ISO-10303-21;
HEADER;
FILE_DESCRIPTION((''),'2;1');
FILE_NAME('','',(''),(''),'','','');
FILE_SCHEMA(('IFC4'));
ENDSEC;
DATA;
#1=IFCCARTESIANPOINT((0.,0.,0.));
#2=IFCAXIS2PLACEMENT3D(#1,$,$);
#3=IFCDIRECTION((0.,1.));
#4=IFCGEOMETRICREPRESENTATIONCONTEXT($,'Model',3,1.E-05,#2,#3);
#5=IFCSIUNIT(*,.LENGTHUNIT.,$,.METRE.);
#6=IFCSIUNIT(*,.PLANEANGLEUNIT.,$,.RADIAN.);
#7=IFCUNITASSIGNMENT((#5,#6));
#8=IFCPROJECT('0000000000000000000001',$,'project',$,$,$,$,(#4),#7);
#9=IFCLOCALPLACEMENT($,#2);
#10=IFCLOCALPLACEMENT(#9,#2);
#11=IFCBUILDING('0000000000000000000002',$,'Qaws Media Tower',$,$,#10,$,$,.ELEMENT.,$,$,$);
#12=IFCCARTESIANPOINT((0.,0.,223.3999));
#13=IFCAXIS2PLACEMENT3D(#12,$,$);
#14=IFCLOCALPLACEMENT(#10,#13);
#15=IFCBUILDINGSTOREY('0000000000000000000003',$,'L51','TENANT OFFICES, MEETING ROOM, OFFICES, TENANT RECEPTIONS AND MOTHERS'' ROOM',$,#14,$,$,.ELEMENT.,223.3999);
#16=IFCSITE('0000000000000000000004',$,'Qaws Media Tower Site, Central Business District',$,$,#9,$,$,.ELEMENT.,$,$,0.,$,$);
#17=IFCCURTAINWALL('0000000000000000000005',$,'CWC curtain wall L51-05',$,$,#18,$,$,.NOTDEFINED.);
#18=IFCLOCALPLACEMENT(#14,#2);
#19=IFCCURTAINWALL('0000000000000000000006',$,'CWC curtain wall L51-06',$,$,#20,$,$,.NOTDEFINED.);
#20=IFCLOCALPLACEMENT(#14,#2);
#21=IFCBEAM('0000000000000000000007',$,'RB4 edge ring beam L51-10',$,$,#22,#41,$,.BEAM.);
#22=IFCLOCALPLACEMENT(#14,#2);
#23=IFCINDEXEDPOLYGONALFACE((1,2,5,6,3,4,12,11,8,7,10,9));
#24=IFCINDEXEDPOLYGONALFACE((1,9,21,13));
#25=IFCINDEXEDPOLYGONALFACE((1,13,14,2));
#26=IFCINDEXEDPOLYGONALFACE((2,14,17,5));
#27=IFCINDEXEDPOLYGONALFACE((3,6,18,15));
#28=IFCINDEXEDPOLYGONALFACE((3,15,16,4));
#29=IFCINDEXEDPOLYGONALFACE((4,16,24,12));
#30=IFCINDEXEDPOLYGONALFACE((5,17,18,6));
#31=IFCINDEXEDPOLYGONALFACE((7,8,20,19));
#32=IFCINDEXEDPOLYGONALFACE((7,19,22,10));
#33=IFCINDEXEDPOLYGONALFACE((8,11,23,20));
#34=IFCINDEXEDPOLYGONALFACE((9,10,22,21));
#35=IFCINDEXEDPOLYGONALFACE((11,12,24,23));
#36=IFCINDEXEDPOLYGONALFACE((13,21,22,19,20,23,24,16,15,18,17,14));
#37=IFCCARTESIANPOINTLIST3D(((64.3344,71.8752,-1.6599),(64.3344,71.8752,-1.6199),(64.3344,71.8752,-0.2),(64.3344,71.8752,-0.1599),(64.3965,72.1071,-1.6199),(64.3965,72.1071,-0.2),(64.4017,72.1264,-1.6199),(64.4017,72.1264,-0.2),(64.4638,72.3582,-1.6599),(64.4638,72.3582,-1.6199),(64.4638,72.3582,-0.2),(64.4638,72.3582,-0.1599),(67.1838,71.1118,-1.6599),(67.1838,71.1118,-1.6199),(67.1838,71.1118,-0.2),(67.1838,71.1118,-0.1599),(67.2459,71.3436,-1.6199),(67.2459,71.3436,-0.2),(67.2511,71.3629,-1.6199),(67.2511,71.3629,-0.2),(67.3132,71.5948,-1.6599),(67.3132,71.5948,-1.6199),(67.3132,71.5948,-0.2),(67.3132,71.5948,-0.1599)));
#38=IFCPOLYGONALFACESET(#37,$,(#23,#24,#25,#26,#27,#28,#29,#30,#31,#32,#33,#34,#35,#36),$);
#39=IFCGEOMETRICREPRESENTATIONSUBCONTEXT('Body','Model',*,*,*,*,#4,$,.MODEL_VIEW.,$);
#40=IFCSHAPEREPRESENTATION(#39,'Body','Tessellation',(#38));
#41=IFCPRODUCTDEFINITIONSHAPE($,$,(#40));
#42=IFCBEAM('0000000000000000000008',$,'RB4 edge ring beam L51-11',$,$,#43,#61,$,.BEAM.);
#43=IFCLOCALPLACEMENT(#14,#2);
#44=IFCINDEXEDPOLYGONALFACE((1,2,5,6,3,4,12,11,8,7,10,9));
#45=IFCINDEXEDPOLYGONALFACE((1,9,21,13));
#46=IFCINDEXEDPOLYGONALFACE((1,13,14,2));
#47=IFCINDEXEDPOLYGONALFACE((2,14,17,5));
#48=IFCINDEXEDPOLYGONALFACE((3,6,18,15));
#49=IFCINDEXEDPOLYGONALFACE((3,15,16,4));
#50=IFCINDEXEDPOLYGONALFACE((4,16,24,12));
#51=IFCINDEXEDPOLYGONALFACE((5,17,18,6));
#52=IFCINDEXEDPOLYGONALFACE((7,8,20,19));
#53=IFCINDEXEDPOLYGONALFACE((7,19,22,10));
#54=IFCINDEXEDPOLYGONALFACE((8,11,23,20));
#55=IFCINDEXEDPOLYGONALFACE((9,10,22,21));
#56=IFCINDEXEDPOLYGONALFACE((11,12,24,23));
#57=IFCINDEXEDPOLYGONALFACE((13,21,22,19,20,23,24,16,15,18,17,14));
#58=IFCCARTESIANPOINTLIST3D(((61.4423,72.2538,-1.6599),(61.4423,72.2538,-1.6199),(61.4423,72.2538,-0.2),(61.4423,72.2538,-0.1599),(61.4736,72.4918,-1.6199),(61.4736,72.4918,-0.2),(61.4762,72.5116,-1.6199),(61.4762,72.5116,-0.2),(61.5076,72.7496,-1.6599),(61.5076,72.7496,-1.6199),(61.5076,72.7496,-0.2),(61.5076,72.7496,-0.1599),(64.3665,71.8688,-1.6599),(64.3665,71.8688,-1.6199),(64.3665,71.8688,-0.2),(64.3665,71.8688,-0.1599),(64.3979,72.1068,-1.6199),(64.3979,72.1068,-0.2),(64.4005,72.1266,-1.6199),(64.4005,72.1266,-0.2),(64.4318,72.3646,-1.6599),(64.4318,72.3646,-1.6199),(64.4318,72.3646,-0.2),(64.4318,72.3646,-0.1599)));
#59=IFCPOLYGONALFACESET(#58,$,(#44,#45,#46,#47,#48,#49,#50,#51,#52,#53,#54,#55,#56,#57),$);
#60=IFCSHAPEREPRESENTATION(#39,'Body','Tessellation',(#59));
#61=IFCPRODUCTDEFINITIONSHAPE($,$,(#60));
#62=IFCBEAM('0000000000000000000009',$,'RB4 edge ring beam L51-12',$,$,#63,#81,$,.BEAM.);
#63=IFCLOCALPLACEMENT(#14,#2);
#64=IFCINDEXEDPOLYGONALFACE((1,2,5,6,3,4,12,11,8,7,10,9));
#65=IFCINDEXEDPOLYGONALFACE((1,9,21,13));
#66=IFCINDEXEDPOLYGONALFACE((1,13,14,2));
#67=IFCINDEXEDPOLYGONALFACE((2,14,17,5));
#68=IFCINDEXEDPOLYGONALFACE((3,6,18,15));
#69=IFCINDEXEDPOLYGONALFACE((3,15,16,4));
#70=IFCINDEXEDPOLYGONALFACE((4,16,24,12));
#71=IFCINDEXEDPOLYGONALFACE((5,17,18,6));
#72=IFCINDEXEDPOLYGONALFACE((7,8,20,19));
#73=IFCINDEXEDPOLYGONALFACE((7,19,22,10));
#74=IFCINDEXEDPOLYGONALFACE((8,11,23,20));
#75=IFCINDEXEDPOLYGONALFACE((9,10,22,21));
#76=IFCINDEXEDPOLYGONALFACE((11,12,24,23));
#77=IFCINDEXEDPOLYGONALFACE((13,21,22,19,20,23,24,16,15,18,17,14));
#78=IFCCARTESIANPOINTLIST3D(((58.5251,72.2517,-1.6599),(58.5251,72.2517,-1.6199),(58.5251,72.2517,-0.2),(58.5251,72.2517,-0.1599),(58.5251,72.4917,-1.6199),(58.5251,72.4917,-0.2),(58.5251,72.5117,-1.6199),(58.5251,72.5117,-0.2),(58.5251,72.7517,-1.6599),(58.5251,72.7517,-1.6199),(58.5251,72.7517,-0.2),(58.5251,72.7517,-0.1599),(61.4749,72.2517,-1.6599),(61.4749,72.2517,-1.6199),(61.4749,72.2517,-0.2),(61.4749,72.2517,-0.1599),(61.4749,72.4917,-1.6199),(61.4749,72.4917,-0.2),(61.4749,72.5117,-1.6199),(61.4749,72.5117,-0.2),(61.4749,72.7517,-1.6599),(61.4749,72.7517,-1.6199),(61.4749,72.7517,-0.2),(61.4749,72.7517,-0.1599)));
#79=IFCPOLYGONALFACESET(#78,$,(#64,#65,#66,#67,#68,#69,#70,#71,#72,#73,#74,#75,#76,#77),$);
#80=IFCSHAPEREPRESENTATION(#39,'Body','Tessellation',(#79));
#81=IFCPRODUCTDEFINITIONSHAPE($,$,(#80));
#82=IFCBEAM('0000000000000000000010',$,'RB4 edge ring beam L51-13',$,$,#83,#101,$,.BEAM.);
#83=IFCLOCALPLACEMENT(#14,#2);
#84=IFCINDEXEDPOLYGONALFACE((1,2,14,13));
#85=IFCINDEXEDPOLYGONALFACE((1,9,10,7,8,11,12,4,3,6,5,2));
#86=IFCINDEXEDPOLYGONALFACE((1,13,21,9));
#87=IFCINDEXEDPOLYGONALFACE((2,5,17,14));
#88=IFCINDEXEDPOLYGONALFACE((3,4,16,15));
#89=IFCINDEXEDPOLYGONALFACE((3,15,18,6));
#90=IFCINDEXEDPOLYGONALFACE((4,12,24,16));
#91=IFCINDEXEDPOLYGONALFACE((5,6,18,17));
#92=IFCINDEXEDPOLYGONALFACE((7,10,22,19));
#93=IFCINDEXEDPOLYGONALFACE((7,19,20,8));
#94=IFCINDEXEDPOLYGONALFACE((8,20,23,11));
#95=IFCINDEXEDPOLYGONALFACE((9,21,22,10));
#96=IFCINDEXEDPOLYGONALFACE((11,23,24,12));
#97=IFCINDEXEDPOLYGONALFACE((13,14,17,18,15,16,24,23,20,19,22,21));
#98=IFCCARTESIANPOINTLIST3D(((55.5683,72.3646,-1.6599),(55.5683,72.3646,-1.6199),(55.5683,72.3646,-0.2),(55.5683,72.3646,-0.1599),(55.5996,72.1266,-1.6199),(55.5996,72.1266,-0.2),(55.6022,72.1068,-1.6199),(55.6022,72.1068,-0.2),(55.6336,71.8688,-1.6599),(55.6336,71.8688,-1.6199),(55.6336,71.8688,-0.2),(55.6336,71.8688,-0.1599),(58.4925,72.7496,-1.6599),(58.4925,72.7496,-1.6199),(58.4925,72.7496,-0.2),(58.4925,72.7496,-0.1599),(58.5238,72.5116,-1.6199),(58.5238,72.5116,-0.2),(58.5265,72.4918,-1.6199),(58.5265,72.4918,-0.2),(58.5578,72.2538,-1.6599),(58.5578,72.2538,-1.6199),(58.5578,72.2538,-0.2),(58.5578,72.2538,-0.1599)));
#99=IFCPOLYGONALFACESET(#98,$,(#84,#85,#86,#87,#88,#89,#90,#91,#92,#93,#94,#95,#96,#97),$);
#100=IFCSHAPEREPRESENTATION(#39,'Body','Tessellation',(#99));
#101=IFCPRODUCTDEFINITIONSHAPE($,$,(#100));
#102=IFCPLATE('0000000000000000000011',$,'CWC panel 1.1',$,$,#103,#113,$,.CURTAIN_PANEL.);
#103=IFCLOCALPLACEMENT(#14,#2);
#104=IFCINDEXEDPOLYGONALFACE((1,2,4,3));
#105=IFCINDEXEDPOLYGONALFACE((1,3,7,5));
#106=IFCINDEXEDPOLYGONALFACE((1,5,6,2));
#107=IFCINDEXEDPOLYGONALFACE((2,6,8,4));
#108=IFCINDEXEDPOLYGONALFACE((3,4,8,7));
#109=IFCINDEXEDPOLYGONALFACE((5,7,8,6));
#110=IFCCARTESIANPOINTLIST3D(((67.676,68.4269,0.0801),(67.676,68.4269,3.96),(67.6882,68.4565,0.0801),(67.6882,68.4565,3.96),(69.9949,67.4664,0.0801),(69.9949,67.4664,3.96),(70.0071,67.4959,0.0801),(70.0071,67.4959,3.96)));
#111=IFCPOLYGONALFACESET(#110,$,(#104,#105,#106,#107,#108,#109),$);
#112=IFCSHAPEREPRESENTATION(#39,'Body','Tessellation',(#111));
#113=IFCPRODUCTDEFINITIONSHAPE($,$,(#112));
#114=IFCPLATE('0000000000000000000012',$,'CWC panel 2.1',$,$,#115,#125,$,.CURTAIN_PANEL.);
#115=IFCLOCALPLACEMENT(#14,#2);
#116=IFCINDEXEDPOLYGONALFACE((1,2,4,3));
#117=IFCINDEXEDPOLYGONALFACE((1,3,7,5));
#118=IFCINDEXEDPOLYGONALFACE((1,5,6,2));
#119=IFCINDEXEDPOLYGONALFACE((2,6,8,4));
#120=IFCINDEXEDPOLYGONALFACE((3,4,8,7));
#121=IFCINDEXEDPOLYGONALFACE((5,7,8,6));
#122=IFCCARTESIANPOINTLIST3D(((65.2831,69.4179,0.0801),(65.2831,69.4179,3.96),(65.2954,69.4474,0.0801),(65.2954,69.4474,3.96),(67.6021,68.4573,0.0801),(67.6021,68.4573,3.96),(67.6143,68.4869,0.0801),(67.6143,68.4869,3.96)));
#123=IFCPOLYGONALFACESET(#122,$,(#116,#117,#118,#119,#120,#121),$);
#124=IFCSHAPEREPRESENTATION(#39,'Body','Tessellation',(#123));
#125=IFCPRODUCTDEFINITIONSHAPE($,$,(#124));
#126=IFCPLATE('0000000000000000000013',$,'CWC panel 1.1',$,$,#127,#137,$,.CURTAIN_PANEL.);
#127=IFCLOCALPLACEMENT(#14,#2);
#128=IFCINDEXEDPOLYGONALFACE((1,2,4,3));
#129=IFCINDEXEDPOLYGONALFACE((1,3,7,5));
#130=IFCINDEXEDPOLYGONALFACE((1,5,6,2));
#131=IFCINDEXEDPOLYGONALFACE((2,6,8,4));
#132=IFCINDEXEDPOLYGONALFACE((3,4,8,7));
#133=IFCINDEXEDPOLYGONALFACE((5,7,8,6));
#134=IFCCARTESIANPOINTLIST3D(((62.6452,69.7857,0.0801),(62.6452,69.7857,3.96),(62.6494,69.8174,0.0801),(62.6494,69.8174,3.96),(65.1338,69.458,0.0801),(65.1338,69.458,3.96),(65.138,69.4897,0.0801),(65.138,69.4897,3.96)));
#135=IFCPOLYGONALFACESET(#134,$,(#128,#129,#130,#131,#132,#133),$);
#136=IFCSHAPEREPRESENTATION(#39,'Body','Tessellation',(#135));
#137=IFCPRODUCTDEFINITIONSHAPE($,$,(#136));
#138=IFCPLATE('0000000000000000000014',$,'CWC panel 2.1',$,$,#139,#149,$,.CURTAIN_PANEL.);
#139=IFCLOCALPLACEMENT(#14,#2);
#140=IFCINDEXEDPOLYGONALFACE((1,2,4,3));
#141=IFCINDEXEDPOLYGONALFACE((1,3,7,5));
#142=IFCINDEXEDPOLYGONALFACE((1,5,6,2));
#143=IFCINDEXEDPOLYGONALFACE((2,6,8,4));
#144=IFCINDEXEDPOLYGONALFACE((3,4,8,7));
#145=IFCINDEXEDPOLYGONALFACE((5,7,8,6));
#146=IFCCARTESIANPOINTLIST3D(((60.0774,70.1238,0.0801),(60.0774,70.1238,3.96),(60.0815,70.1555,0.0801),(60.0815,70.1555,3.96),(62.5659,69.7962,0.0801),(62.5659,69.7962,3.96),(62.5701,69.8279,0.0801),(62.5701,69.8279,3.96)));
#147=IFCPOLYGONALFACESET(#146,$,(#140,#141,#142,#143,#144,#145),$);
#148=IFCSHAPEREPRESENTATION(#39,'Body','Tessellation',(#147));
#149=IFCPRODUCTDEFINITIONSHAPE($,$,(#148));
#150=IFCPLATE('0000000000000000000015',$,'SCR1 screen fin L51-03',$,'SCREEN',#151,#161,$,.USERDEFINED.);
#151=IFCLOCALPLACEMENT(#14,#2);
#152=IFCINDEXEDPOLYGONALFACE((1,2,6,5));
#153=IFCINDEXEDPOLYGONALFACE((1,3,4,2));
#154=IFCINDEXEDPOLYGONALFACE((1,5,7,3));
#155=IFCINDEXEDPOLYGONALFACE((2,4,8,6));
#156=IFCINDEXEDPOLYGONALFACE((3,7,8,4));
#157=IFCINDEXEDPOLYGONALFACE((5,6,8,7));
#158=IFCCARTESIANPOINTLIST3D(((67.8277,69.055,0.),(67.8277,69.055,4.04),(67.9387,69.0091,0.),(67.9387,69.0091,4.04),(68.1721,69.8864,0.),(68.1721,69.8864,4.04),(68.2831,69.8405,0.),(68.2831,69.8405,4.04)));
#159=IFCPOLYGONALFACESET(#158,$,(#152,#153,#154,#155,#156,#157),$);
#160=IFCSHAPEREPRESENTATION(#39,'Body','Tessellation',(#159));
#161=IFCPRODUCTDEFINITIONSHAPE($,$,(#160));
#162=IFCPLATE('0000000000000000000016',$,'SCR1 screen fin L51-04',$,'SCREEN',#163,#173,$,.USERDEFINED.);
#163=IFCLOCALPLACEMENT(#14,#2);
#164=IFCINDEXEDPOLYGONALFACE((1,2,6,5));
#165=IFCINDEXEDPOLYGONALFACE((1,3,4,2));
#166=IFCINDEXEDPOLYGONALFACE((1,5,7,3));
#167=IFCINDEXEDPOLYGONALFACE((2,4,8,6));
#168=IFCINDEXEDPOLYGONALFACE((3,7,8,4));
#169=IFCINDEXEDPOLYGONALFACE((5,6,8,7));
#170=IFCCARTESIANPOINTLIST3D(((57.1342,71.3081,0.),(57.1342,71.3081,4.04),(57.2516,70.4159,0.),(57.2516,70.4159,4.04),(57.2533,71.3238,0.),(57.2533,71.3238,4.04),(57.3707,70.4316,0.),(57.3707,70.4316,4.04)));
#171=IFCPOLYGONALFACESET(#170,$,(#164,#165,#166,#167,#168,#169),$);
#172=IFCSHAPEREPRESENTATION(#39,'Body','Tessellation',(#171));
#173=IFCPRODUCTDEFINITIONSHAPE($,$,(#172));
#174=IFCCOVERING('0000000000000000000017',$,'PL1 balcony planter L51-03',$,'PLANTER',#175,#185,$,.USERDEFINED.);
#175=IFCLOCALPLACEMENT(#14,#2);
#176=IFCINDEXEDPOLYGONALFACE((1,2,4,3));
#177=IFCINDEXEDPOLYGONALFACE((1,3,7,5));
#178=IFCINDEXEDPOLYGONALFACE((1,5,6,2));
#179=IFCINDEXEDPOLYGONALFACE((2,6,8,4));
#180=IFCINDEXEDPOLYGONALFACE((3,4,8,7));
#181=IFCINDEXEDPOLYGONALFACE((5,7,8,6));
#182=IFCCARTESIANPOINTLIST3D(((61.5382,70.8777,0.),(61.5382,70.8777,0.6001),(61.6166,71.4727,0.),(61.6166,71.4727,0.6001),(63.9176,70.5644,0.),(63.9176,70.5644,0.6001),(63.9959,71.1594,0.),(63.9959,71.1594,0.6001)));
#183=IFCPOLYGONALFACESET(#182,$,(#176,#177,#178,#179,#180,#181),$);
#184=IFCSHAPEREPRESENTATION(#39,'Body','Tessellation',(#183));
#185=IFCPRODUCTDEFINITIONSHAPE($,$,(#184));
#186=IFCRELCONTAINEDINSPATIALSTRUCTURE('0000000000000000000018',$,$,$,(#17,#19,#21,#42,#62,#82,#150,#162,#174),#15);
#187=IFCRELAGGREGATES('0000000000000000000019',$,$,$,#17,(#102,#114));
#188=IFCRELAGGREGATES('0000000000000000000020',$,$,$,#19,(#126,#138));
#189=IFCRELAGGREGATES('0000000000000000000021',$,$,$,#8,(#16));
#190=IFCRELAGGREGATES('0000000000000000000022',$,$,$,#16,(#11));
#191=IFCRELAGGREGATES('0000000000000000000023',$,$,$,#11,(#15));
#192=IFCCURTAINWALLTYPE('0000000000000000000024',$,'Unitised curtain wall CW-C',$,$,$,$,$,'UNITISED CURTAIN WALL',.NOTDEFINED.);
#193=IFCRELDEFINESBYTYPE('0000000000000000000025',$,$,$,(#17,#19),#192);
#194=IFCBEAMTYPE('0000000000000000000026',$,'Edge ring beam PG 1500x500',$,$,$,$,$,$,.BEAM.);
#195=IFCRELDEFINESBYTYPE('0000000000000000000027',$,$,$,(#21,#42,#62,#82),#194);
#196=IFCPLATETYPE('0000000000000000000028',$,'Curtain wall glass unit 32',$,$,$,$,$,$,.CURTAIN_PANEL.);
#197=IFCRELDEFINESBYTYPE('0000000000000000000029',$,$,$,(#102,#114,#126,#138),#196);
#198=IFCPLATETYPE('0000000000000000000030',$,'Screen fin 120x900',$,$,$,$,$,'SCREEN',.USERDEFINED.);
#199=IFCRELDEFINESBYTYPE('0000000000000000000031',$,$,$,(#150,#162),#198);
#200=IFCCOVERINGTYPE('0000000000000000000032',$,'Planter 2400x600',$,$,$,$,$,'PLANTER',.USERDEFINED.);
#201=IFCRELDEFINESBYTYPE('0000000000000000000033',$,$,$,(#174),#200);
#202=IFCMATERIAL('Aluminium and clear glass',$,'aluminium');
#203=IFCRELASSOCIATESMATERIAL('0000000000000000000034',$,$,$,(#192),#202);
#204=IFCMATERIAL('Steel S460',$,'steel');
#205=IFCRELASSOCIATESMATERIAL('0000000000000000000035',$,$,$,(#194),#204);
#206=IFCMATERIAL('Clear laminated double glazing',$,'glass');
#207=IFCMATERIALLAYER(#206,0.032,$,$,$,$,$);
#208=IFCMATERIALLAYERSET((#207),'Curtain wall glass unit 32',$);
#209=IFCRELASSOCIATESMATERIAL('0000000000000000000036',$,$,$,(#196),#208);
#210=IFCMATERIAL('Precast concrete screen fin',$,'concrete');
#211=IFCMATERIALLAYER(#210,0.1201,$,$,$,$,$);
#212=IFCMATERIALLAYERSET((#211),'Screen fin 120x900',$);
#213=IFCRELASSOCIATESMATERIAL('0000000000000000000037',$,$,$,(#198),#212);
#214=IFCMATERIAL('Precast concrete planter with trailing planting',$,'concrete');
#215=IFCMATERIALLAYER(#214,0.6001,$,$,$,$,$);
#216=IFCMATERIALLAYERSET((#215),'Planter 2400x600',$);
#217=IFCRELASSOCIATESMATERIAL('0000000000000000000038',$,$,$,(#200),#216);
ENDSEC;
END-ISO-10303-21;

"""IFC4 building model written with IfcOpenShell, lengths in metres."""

from ifc_helpers import new_model, si_unit, direction, frame, origin, origin_2d, place, context, subcontext, project, spatial, rectangle, i_section, extrude, material, layer, layer_set, material_profile, profile_set, type_object, element, aggregate, save


model = new_model("IFC4")

# Units and contexts
model_context = context("Model", 3, precision=1e-05, world=origin(), true_north=direction((0.0, 1.0)))
body_context = subcontext(model_context, "Body", "Model", "MODEL_VIEW")
ifc_project = project(units=[si_unit("LENGTHUNIT", "METRE"), si_unit("PLANEANGLEUNIT", "RADIAN")], contexts=[model_context])

# Site, building, storey
site_placement = place(None, origin())
site = spatial("IfcSite", under=ifc_project, at=site_placement, Name="Qaws Media Tower Site, Central Business District", CompositionType="ELEMENT", RefElevation=0.0)
building_placement = place(site_placement, origin())
building = spatial("IfcBuilding", under=site, at=building_placement, Name="Qaws Media Tower", CompositionType="ELEMENT")
storey_placement = place(building_placement, frame((0.0, 0.0, 223.3999)))
storey = spatial("IfcBuildingStorey", under=building, at=storey_placement, Name="L51", Description="TENANT OFFICES, MEETING ROOM, OFFICES, TENANT RECEPTIONS AND MOTHERS' ROOM", CompositionType="ELEMENT", Elevation=223.3999)

# Curtain walls
ifc_material_1 = material(Name="Aluminium and clear glass", Category="aluminium")
curtain_wall_type = type_object("IfcCurtainWallType", Name="Unitised curtain wall CW-C", ElementType="UNITISED CURTAIN WALL", PredefinedType="NOTDEFINED", material=ifc_material_1)
curtain_wall_1_placement = place(storey_placement, origin())
curtain_wall_1 = element("IfcCurtainWall", 1, at=curtain_wall_1_placement, inside=storey, type_object=curtain_wall_type, Name="CWC curtain wall L51-05", PredefinedType="NOTDEFINED")
curtain_wall_2_placement = place(storey_placement, origin())
curtain_wall_2 = element("IfcCurtainWall", 2, at=curtain_wall_2_placement, inside=storey, type_object=curtain_wall_type, Name="CWC curtain wall L51-06", PredefinedType="NOTDEFINED")

# Beams
ifc_material_2 = material(Name="Steel S460", Category="steel")
ifc_material_profile_1 = material_profile(ifc_material_2, i_section(OverallWidth=0.5, OverallDepth=1.5, WebThickness=0.02, FlangeThickness=0.04, at=origin_2d()), Name="PG 1500x500")
ifc_profile_set_1 = profile_set([ifc_material_profile_1], Name="Steel S460")
beam_type = type_object("IfcBeamType", Name="Edge ring beam PG 1500x500", PredefinedType="BEAM", material=ifc_profile_set_1)
beam_1_placement = place(storey_placement, frame((67.2485, 71.3533, -0.9099), z_axis=(-0.965931, 0.258801, 0.0), x_axis=(-0.258801, -0.965931, 0.0)))
element("IfcBeam", 3, at=beam_1_placement, inside=storey, type_object=beam_type, Name="RB4 edge ring beam L51-10", PredefinedType="BEAM", context=body_context, shape_type="SweptSolid", body=[
    extrude(i_section(OverallWidth=0.5, OverallDepth=1.5, WebThickness=0.02, FlangeThickness=0.04, at=origin_2d()), origin(), (0.0, 0.0, 1.0), 2.95),
])
beam_2_placement = place(storey_placement, frame((64.3992, 72.1167, -0.9099), z_axis=(-0.991444, 0.130532, 0.0), x_axis=(-0.130532, -0.991444, 0.0)))
element("IfcBeam", 4, at=beam_2_placement, inside=storey, type_object=beam_type, Name="RB4 edge ring beam L51-11", PredefinedType="BEAM", context=body_context, shape_type="SweptSolid", body=[
    extrude(i_section(OverallWidth=0.5, OverallDepth=1.5, WebThickness=0.02, FlangeThickness=0.04, at=origin_2d()), origin(), (0.0, 0.0, 1.0), 2.9495),
])
beam_3_placement = place(storey_placement, frame((61.4749, 72.5017, -0.9099), z_axis=(-1.0, 0.0, 0.0), x_axis=(0.0, -1.0, 0.0)))
element("IfcBeam", 5, at=beam_3_placement, inside=storey, type_object=beam_type, Name="RB4 edge ring beam L51-12", PredefinedType="BEAM", context=body_context, shape_type="SweptSolid", body=[
    extrude(i_section(OverallWidth=0.5, OverallDepth=1.5, WebThickness=0.02, FlangeThickness=0.04, at=origin_2d()), origin(), (0.0, 0.0, 1.0), 2.9497),
])
beam_4_placement = place(storey_placement, frame((58.5251, 72.5017, -0.9099), z_axis=(-0.991444, -0.130532, 0.0), x_axis=(0.130532, -0.991444, 0.0)))
element("IfcBeam", 6, at=beam_4_placement, inside=storey, type_object=beam_type, Name="RB4 edge ring beam L51-13", PredefinedType="BEAM", context=body_context, shape_type="SweptSolid", body=[
    extrude(i_section(OverallWidth=0.5, OverallDepth=1.5, WebThickness=0.02, FlangeThickness=0.04, at=origin_2d()), origin(), (0.0, 0.0, 1.0), 2.9495),
])

# Plates
ifc_material_3 = material(Name="Clear laminated double glazing", Category="glass")
ifc_layer_1 = layer(ifc_material_3, 0.032)
ifc_layer_set_1 = layer_set([ifc_layer_1], Name="Curtain wall glass unit 32")
plate_type_1 = type_object("IfcPlateType", Name="Curtain wall glass unit 32", PredefinedType="CURTAIN_PANEL", material=ifc_layer_set_1)
plate_1_placement = place(storey_placement, frame((68.8416, 67.9614, 0.0801), z_axis=(0.0, 0.0, 1.0), x_axis=(-0.92388, 0.382683, 0.0)))
plate_1 = element("IfcPlate", 7, at=plate_1_placement, type_object=plate_type_1, Name="CWC panel 1.1", PredefinedType="CURTAIN_PANEL", context=body_context, shape_type="SweptSolid", body=[
    extrude(rectangle(XDim=2.51, YDim=0.032, at=origin_2d()), origin(), (0.0, 0.0, 1.0), 3.8799),
])
plate_2_placement = place(storey_placement, frame((66.4487, 68.9524, 0.0801), z_axis=(0.0, 0.0, 1.0), x_axis=(-0.92388, 0.382683, 0.0)))
plate_2 = element("IfcPlate", 8, at=plate_2_placement, type_object=plate_type_1, Name="CWC panel 2.1", PredefinedType="CURTAIN_PANEL", context=body_context, shape_type="SweptSolid", body=[
    extrude(rectangle(XDim=2.51, YDim=0.032, at=origin_2d()), origin(), (0.0, 0.0, 1.0), 3.8799),
])
aggregate(curtain_wall_1, [plate_1, plate_2])
plate_3_placement = place(storey_placement, frame((63.8916, 69.6377, 0.0801), z_axis=(0.0, 0.0, 1.0), x_axis=(-0.991445, 0.130526, 0.0)))
plate_3 = element("IfcPlate", 9, at=plate_3_placement, type_object=plate_type_1, Name="CWC panel 1.1", PredefinedType="CURTAIN_PANEL", context=body_context, shape_type="SweptSolid", body=[
    extrude(rectangle(XDim=2.51, YDim=0.032, at=origin_2d()), origin(), (0.0, 0.0, 1.0), 3.8799),
])
plate_4_placement = place(storey_placement, frame((61.3237, 69.9758, 0.0801), z_axis=(0.0, 0.0, 1.0), x_axis=(-0.991445, 0.130526, 0.0)))
plate_4 = element("IfcPlate", 10, at=plate_4_placement, type_object=plate_type_1, Name="CWC panel 2.1", PredefinedType="CURTAIN_PANEL", context=body_context, shape_type="SweptSolid", body=[
    extrude(rectangle(XDim=2.51, YDim=0.032, at=origin_2d()), origin(), (0.0, 0.0, 1.0), 3.8799),
])
aggregate(curtain_wall_2, [plate_3, plate_4])

# Plates
ifc_material_4 = material(Name="Precast concrete screen fin", Category="concrete")
ifc_layer_2 = layer(ifc_material_4, 0.1201)
ifc_layer_set_2 = layer_set([ifc_layer_2], Name="Screen fin 120x900")
plate_type_2 = type_object("IfcPlateType", Name="Screen fin 120x900", ElementType="SCREEN", PredefinedType="USERDEFINED", material=ifc_layer_set_2)
for number, where, z_axis, x_axis, name in (
    (11, (68.0554, 69.4478, 0.0), (0.0, 0.0, 1.0), (0.382683, 0.92388, 0.0), "SCR1 screen fin L51-03"),
    (12, (57.2524, 70.8699, 0.0), (0.0, 0.0, 1.0), (-0.130526, 0.991445, 0.0), "SCR1 screen fin L51-04"),
):
    element("IfcPlate", number, at=place(storey_placement, frame(where, z_axis=z_axis, x_axis=x_axis)), inside=storey, type_object=plate_type_2, Name=name, ObjectType="SCREEN", PredefinedType="USERDEFINED", context=body_context, shape_type="SweptSolid", body=[
        extrude(rectangle(XDim=0.8999, YDim=0.1201, at=origin_2d()), origin(), (0.0, 0.0, 1.0), 4.04),
    ])

# Covering
ifc_material_5 = material(Name="Precast concrete planter with trailing planting", Category="concrete")
ifc_layer_3 = layer(ifc_material_5, 0.6001)
ifc_layer_set_3 = layer_set([ifc_layer_3], Name="Planter 2400x600")
covering_type = type_object("IfcCoveringType", Name="Planter 2400x600", ElementType="PLANTER", PredefinedType="USERDEFINED", material=ifc_layer_set_3)
covering_placement = place(storey_placement, frame((62.7671, 71.0186, 0.0), z_axis=(0.0, 0.0, 1.0), x_axis=(-0.991445, 0.130526, 0.0)))
element("IfcCovering", 13, at=covering_placement, inside=storey, type_object=covering_type, Name="PL1 balcony planter L51-03", ObjectType="PLANTER", PredefinedType="USERDEFINED", context=body_context, shape_type="SweptSolid", body=[
    extrude(rectangle(XDim=2.3999, YDim=0.6001, at=origin_2d()), origin(), (0.0, 0.0, 1.0), 0.6001),
])

save(model, "model.ifc")
